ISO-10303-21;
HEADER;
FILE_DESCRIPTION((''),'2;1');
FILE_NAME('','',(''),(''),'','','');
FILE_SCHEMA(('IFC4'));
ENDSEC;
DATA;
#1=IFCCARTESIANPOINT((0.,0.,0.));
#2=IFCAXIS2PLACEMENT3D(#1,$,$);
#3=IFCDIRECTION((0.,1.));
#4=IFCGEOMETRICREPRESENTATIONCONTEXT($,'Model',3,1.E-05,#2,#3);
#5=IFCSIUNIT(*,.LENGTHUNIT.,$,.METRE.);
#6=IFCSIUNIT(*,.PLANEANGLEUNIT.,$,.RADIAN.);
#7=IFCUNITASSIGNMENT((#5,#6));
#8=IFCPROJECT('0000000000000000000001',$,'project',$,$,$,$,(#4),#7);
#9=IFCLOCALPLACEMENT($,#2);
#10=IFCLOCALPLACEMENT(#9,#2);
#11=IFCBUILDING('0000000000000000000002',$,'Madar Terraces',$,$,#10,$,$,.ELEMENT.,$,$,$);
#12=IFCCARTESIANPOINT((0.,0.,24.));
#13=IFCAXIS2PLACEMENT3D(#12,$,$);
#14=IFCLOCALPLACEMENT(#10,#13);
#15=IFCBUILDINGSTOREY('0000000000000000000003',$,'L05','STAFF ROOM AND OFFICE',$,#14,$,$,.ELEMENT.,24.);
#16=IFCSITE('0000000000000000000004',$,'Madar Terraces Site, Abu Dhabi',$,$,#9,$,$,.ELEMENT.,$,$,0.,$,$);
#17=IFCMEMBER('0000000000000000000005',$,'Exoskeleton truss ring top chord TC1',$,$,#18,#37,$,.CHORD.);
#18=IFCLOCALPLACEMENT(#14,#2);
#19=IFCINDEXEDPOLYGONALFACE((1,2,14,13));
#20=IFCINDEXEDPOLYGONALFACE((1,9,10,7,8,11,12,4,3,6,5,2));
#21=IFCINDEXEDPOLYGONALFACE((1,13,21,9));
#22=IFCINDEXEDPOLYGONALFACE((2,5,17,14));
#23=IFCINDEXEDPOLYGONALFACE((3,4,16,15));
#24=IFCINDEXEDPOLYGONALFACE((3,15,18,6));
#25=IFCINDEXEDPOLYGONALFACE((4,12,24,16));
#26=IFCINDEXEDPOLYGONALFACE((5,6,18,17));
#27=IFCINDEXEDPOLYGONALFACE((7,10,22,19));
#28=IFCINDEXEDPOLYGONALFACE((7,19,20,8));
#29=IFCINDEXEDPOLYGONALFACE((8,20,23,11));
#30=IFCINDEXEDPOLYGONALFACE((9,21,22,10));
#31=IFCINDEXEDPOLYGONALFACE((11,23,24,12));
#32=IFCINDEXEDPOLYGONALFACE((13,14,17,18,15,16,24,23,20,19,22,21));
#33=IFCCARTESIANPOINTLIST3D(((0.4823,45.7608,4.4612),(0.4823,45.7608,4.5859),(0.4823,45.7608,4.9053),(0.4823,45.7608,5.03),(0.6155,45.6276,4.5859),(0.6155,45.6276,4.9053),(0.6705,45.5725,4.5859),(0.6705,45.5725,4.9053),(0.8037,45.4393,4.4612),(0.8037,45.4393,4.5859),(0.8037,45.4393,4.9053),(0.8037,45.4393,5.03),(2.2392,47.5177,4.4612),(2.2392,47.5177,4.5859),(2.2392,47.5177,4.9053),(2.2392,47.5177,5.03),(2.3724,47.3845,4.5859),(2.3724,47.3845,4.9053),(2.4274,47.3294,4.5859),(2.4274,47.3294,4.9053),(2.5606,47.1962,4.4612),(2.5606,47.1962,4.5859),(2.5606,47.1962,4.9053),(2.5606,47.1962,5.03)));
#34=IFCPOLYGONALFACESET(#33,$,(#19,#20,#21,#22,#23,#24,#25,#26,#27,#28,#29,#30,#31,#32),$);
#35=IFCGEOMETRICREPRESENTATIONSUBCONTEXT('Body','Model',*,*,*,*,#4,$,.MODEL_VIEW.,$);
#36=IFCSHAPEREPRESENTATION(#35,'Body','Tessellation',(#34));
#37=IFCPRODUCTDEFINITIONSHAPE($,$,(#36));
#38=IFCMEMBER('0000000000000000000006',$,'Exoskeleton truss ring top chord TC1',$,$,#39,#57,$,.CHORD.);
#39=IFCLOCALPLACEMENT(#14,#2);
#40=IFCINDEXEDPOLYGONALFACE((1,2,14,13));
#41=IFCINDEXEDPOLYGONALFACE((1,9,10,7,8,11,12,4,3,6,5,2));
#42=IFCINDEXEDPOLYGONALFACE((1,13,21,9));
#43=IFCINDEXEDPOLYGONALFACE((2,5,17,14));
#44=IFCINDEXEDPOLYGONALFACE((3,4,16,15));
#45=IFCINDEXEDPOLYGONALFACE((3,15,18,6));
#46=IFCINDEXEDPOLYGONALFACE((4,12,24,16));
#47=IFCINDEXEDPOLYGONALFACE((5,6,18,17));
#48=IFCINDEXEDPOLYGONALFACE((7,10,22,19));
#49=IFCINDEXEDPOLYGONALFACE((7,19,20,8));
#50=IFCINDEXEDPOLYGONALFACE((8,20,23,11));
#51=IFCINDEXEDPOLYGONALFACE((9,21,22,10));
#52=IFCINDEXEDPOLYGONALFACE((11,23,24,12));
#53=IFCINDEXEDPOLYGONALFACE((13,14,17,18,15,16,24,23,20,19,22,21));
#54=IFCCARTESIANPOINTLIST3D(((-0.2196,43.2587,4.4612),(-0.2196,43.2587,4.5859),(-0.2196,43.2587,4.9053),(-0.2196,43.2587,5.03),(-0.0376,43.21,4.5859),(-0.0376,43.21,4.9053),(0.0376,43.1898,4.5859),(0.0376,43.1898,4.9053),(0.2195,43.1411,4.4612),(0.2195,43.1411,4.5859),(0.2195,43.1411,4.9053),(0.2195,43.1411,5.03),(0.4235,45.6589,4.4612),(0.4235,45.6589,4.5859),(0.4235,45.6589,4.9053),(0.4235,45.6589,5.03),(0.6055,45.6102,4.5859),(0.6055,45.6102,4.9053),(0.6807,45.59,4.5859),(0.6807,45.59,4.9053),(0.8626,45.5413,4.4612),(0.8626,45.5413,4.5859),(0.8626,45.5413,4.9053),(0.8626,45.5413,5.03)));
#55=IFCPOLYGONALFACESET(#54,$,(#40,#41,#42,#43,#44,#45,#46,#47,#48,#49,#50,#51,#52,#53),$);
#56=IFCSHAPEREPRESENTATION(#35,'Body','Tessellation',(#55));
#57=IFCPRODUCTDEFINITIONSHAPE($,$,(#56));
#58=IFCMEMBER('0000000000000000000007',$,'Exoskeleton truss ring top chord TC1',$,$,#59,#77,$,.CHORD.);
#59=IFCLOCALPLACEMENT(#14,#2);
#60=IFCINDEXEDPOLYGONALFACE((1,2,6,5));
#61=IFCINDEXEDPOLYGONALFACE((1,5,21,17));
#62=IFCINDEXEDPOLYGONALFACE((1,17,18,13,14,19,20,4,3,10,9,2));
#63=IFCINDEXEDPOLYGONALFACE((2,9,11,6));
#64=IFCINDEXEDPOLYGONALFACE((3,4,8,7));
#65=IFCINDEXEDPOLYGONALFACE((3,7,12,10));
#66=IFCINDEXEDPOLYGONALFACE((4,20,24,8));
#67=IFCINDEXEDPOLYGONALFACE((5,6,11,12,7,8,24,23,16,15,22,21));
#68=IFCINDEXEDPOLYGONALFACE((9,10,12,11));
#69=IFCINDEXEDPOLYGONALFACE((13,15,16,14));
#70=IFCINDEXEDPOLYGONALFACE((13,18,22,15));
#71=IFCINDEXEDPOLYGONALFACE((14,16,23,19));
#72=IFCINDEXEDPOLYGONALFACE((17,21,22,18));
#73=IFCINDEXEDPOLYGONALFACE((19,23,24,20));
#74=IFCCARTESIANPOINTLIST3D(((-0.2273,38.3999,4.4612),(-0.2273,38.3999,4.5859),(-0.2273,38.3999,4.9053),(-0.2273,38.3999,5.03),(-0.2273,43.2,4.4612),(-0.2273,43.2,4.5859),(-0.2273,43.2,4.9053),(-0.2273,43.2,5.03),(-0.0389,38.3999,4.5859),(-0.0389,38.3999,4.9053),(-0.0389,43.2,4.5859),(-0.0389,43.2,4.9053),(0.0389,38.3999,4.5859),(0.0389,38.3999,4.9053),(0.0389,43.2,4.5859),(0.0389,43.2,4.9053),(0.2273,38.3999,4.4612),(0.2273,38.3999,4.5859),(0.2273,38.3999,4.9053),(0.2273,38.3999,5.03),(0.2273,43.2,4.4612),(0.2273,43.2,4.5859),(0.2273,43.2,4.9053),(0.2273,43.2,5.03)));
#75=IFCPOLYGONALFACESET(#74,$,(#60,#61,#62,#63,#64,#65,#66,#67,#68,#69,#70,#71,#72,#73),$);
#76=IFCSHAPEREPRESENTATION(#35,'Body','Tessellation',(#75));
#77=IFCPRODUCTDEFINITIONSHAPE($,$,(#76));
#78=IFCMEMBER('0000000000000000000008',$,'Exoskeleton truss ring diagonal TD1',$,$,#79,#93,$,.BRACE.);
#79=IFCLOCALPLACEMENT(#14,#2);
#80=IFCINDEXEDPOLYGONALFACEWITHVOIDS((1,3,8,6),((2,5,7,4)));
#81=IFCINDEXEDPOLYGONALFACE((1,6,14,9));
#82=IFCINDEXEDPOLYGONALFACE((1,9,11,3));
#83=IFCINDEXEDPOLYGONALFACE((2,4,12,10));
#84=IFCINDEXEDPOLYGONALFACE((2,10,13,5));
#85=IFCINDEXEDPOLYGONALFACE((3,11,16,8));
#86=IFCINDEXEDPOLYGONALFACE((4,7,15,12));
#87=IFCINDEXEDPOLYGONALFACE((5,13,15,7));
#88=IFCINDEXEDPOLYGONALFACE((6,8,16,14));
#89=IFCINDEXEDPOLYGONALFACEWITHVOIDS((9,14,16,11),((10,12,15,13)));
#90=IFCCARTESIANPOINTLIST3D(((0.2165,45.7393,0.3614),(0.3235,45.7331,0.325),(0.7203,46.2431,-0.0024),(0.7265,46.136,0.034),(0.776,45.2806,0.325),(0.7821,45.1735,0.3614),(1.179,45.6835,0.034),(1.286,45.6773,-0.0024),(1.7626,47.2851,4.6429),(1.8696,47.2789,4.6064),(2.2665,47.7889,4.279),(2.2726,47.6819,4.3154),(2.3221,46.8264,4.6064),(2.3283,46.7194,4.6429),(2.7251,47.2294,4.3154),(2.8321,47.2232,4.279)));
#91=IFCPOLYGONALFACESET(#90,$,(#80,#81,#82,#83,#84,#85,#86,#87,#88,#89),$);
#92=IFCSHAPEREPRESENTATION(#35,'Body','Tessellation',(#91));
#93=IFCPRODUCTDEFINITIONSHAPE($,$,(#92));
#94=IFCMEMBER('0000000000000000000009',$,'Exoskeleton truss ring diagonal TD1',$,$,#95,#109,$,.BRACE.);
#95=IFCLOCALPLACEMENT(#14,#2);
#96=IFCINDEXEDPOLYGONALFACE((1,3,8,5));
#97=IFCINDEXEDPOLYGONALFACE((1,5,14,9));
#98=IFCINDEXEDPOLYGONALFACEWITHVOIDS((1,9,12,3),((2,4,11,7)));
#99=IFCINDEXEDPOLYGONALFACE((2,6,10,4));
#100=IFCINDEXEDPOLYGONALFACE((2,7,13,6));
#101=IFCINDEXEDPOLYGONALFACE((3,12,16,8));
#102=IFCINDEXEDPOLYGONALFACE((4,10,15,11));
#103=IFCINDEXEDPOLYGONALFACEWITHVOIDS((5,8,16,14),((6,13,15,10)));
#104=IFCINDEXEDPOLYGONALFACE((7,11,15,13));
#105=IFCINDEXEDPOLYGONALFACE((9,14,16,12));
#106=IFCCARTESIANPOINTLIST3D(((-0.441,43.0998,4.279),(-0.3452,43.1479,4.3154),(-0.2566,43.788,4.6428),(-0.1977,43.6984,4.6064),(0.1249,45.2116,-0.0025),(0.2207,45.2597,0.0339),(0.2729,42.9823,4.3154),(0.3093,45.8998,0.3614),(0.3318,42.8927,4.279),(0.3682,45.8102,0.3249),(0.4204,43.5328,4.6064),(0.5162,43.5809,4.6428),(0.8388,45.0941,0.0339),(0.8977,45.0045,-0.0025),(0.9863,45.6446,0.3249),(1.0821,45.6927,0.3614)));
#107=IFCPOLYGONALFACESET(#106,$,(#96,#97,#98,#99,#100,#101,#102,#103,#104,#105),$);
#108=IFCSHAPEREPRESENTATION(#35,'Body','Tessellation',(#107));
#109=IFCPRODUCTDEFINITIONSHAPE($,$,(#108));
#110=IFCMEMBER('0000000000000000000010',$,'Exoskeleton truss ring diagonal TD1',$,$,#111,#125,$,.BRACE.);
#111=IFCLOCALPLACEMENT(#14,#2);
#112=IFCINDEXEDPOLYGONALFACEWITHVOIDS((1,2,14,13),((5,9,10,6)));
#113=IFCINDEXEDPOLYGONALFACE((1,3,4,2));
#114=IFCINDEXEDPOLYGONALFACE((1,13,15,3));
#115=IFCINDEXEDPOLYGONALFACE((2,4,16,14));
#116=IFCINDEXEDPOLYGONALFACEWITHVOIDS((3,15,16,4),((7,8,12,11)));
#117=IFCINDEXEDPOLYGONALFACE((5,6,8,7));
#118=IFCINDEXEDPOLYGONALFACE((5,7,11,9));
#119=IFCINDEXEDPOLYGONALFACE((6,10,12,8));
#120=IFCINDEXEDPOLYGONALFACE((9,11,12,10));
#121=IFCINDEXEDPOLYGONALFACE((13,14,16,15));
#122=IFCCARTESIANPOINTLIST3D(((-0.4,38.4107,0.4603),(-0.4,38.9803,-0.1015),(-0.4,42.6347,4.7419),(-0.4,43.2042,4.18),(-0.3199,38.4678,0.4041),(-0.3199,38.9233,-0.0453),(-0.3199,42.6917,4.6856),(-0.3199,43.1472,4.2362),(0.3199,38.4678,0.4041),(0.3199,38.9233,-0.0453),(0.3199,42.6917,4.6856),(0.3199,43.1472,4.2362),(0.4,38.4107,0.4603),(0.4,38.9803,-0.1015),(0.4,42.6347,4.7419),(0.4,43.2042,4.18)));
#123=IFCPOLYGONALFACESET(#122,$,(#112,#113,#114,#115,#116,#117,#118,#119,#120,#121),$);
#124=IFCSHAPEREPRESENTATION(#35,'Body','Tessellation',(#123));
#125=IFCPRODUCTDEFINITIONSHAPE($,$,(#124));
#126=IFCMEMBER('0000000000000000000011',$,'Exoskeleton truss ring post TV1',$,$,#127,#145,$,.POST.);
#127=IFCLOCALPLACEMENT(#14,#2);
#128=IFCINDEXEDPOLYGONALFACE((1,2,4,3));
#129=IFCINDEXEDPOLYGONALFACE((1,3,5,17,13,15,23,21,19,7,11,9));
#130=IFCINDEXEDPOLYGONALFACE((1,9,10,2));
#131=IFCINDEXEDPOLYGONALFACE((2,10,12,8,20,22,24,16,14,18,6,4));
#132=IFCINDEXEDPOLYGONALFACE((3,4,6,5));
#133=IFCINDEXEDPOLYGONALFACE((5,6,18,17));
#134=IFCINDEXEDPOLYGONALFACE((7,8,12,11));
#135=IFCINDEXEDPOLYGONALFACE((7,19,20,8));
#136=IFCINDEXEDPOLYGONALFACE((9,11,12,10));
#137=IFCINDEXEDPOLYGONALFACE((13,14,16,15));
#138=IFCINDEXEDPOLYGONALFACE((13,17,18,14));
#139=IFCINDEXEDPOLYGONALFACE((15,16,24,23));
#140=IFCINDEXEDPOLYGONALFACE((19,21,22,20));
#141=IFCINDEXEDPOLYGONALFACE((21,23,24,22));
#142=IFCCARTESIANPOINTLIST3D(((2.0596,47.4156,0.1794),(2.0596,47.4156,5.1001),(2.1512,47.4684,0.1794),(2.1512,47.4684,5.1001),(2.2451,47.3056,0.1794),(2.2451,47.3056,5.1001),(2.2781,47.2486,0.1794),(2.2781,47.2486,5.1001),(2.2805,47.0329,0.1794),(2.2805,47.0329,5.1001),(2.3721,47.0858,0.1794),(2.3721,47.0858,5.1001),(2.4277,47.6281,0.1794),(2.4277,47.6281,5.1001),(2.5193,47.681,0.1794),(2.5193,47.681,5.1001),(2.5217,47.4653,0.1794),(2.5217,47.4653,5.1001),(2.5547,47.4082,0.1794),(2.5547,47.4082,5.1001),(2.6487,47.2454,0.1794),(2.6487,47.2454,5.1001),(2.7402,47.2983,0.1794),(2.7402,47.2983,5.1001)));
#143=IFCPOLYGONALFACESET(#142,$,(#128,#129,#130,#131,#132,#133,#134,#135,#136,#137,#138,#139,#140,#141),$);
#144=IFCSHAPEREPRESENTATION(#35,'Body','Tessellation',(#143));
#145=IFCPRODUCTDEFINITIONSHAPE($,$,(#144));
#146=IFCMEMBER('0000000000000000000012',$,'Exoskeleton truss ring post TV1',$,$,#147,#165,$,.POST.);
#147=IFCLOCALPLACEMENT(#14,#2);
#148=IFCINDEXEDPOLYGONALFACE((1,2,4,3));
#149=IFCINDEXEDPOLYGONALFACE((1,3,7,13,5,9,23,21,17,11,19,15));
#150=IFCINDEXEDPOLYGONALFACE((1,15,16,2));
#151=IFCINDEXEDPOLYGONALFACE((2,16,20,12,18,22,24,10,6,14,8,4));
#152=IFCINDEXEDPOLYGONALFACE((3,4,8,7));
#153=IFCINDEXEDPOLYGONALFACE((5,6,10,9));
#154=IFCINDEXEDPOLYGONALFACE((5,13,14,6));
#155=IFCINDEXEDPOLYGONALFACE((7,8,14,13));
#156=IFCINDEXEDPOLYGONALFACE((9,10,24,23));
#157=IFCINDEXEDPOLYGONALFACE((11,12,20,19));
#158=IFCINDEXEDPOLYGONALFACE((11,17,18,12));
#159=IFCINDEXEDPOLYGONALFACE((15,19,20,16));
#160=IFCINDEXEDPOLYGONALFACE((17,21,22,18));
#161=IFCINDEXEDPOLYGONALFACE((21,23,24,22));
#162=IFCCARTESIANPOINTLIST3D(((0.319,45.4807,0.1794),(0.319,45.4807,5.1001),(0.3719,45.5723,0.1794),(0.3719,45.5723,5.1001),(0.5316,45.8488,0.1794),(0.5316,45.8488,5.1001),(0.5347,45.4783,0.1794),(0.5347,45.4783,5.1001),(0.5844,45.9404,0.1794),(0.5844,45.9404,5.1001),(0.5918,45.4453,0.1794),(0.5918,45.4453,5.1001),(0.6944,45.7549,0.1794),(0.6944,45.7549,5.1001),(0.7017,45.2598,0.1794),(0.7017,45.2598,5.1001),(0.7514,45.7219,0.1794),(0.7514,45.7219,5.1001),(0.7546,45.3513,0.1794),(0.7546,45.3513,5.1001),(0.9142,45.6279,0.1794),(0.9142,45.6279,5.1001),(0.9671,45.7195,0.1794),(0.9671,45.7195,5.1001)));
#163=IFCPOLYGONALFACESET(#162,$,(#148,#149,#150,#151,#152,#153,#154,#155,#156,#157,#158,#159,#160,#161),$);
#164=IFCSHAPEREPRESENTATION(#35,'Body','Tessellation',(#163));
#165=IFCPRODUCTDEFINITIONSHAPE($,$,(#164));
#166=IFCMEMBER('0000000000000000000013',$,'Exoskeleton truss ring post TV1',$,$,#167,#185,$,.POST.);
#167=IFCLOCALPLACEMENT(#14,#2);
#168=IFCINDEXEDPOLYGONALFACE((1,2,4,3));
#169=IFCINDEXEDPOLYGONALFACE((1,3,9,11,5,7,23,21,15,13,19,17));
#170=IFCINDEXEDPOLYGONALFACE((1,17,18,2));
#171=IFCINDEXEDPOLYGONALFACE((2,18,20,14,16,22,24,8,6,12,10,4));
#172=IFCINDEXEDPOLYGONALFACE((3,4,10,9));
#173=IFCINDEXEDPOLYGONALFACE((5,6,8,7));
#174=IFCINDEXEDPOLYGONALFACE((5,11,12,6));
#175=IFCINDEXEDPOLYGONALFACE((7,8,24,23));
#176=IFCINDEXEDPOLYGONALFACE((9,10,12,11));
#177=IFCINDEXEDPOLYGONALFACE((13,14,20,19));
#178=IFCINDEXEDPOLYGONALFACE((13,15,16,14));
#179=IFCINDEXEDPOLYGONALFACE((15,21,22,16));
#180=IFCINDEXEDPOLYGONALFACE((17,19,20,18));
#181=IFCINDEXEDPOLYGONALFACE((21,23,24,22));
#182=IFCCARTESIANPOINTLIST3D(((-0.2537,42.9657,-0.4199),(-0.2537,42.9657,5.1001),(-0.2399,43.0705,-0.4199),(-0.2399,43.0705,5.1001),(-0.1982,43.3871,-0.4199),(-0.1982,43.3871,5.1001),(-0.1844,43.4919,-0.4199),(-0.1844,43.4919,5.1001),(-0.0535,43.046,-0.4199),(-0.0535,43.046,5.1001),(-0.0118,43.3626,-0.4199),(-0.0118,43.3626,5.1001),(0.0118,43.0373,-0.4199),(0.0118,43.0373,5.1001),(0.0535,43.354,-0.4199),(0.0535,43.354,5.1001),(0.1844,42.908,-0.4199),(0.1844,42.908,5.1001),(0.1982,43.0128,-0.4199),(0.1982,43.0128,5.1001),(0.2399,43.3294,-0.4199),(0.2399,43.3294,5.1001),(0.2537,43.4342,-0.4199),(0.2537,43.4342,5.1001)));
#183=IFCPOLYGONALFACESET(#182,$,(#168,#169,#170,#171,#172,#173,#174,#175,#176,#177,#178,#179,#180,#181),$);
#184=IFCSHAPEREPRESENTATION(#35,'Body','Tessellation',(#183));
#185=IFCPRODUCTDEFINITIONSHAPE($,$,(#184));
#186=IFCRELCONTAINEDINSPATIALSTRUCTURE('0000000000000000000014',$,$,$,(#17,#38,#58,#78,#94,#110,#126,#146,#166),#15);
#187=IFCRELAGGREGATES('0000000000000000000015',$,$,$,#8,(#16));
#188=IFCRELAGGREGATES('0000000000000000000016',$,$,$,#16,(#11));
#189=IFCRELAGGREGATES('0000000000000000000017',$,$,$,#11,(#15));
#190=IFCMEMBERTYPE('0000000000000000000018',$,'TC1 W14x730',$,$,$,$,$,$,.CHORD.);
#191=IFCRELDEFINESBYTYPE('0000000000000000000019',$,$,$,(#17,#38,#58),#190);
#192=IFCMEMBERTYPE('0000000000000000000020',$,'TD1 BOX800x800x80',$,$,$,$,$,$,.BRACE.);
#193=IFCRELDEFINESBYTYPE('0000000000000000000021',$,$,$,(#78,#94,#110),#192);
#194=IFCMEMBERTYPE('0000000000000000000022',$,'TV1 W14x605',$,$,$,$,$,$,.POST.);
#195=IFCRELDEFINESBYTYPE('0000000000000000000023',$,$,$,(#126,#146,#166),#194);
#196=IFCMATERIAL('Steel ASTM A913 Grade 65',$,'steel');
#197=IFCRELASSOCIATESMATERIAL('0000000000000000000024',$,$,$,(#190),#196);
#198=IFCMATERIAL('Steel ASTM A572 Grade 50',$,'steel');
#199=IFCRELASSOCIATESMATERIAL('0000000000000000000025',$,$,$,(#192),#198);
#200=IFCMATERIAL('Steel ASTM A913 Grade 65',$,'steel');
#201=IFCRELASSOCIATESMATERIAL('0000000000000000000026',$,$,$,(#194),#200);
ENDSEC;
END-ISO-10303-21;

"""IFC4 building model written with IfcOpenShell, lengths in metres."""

from ifc_helpers import new_model, si_unit, direction, frame, origin, origin_2d, place, context, subcontext, project, spatial, hollow_rectangle, i_section, extrude, material, material_profile, profile_set, type_object, element, save


model = new_model("IFC4")

# Units and contexts
model_context = context("Model", 3, precision=1e-05, world=origin(), true_north=direction((0.0, 1.0)))
body_context = subcontext(model_context, "Body", "Model", "MODEL_VIEW")
ifc_project = project(units=[si_unit("LENGTHUNIT", "METRE"), si_unit("PLANEANGLEUNIT", "RADIAN")], contexts=[model_context])

# Site, building, storey
site_placement = place(None, origin())
site = spatial("IfcSite", under=ifc_project, at=site_placement, Name="Madar Terraces Site, Abu Dhabi", CompositionType="ELEMENT", RefElevation=0.0)
building_placement = place(site_placement, origin())
building = spatial("IfcBuilding", under=site, at=building_placement, Name="Madar Terraces", CompositionType="ELEMENT")
storey_placement = place(building_placement, frame((0.0, 0.0, 24.0)))
storey = spatial("IfcBuildingStorey", under=building, at=storey_placement, Name="L05", Description="STAFF ROOM AND OFFICE", CompositionType="ELEMENT", Elevation=24.0)

# Members
ifc_material_1 = material(Name="Steel ASTM A913 Grade 65", Category="steel")
ifc_material_profile_1 = material_profile(ifc_material_1, i_section(OverallWidth=0.4546, OverallDepth=0.5688, WebThickness=0.0779, FlangeThickness=0.1248, at=origin_2d()), Name="W14x730")
ifc_profile_set_1 = profile_set([ifc_material_profile_1], Name="Steel ASTM A913 Grade 65")
member_type_1 = type_object("IfcMemberType", Name="TC1 W14x730", PredefinedType="CHORD", material=ifc_profile_set_1)
member_1_placement = place(storey_placement, frame((2.3999, 47.3569, 4.7456), z_axis=(-0.707107, -0.707107, 0.0), x_axis=(0.707107, -0.707107, 0.0)))
element("IfcMember", 1, at=member_1_placement, inside=storey, type_object=member_type_1, Name="Exoskeleton truss ring top chord TC1", PredefinedType="CHORD", context=body_context, shape_type="SweptSolid", body=[
    extrude(i_section(OverallWidth=0.4546, OverallDepth=0.5688, WebThickness=0.0779, FlangeThickness=0.1248, at=origin_2d()), origin(), (0.0, 0.0, 1.0), 2.4846),
])
member_2_placement = place(storey_placement, frame((0.6431, 45.6001, 4.7456), z_axis=(-0.2588, -0.965931, 0.0), x_axis=(0.965931, -0.2588, 0.0)))
element("IfcMember", 2, at=member_2_placement, inside=storey, type_object=member_type_1, Name="Exoskeleton truss ring top chord TC1", PredefinedType="CHORD", context=body_context, shape_type="SweptSolid", body=[
    extrude(i_section(OverallWidth=0.4546, OverallDepth=0.5688, WebThickness=0.0779, FlangeThickness=0.1248, at=origin_2d()), origin(), (0.0, 0.0, 1.0), 2.4849),
])
member_3_placement = place(storey_placement, frame((0.0, 43.2, 4.7456), z_axis=(0.0, -1.0, 0.0), x_axis=(1.0, 0.0, 0.0)))
element("IfcMember", 3, at=member_3_placement, inside=storey, type_object=member_type_1, Name="Exoskeleton truss ring top chord TC1", PredefinedType="CHORD", context=body_context, shape_type="SweptSolid", body=[
    extrude(i_section(OverallWidth=0.4546, OverallDepth=0.5688, WebThickness=0.0779, FlangeThickness=0.1248, at=origin_2d()), origin(), (0.0, 0.0, 1.0), 4.8),
])
ifc_material_2 = material(Name="Steel ASTM A572 Grade 50", Category="steel")
ifc_material_profile_2 = material_profile(ifc_material_2, hollow_rectangle(XDim=0.8, YDim=0.8, WallThickness=0.0801, at=origin_2d()), Name="BOX800x800x80")
ifc_profile_set_2 = profile_set([ifc_material_profile_2], Name="Steel ASTM A572 Grade 50")
member_type_2 = type_object("IfcMemberType", Name="TD1 BOX800x800x80", PredefinedType="BRACE", material=ifc_profile_set_2)
for number, where, z_axis, x_axis, name in (
    (4, (2.2974, 47.2542, 4.4609), (-0.321614, -0.321563, -0.890596), (0.707051, -0.707163, 0.0), "Exoskeleton truss ring diagonal TD1"),
    (5, (0.6035, 45.4521, 0.1794), (-0.117718, -0.439283, 0.890602), (0.965919, -0.258844, 0.0), "Exoskeleton truss ring diagonal TD1"),
):
    element("IfcMember", number, at=place(storey_placement, frame(where, z_axis=z_axis, x_axis=x_axis)), inside=storey, type_object=member_type_2, Name=name, PredefinedType="BRACE", context=body_context, shape_type="SweptSolid", body=[
        extrude(hollow_rectangle(XDim=0.8, YDim=0.8, WallThickness=0.0801, at=origin_2d()), origin(), (0.0, 0.0, 1.0), 4.8074),
    ])
member_4_placement = place(storey_placement, frame((0.0, 42.9194, 4.4609), z_axis=(0.0, -0.702301, -0.711881), x_axis=(1.0, 0.0, 0.0)))
element("IfcMember", 6, at=member_4_placement, inside=storey, type_object=member_type_2, Name="Exoskeleton truss ring diagonal TD1", PredefinedType="BRACE", context=body_context, shape_type="SweptSolid", body=[
    extrude(hollow_rectangle(XDim=0.8, YDim=0.8, WallThickness=0.0801, at=origin_2d()), origin(), (0.0, 0.0, 1.0), 6.0144),
])
ifc_material_3 = material(Name="Steel ASTM A913 Grade 65", Category="steel")
ifc_material_profile_3 = material_profile(ifc_material_3, i_section(OverallWidth=0.4419, OverallDepth=0.5308, WebThickness=0.0659, FlangeThickness=0.1057, at=origin_2d()), Name="W14x605")
ifc_profile_set_3 = profile_set([ifc_material_profile_3], Name="Steel ASTM A913 Grade 65")
member_type_3 = type_object("IfcMemberType", Name="TV1 W14x605", PredefinedType="POST", material=ifc_profile_set_3)
for number, where, z_axis, x_axis, name in (
    (7, (2.3999, 47.3569, 0.1794), (0.0, 0.0, 1.0), (0.5, -0.866025, 0.0), "Exoskeleton truss ring post TV1"),
    (8, (0.6431, 45.6001, 0.1794), (0.0, 0.0, 1.0), (0.866025, -0.5, 0.0), "Exoskeleton truss ring post TV1"),
):
    element("IfcMember", number, at=place(storey_placement, frame(where, z_axis=z_axis, x_axis=x_axis)), inside=storey, type_object=member_type_3, Name=name, PredefinedType="POST", context=body_context, shape_type="SweptSolid", body=[
        extrude(i_section(OverallWidth=0.4419, OverallDepth=0.5308, WebThickness=0.0659, FlangeThickness=0.1057, at=origin_2d()), origin(), (0.0, 0.0, 1.0), 4.9207),
    ])
member_5_placement = place(storey_placement, frame((0.0, 43.2, -0.4199), z_axis=(0.0, 0.0, 1.0), x_axis=(0.991445, -0.130526, 0.0)))
element("IfcMember", 9, at=member_5_placement, inside=storey, type_object=member_type_3, Name="Exoskeleton truss ring post TV1", PredefinedType="POST", context=body_context, shape_type="SweptSolid", body=[
    extrude(i_section(OverallWidth=0.4419, OverallDepth=0.5308, WebThickness=0.0659, FlangeThickness=0.1057, at=origin_2d()), origin(), (0.0, 0.0, 1.0), 5.52),
])

save(model, "model.ifc")
